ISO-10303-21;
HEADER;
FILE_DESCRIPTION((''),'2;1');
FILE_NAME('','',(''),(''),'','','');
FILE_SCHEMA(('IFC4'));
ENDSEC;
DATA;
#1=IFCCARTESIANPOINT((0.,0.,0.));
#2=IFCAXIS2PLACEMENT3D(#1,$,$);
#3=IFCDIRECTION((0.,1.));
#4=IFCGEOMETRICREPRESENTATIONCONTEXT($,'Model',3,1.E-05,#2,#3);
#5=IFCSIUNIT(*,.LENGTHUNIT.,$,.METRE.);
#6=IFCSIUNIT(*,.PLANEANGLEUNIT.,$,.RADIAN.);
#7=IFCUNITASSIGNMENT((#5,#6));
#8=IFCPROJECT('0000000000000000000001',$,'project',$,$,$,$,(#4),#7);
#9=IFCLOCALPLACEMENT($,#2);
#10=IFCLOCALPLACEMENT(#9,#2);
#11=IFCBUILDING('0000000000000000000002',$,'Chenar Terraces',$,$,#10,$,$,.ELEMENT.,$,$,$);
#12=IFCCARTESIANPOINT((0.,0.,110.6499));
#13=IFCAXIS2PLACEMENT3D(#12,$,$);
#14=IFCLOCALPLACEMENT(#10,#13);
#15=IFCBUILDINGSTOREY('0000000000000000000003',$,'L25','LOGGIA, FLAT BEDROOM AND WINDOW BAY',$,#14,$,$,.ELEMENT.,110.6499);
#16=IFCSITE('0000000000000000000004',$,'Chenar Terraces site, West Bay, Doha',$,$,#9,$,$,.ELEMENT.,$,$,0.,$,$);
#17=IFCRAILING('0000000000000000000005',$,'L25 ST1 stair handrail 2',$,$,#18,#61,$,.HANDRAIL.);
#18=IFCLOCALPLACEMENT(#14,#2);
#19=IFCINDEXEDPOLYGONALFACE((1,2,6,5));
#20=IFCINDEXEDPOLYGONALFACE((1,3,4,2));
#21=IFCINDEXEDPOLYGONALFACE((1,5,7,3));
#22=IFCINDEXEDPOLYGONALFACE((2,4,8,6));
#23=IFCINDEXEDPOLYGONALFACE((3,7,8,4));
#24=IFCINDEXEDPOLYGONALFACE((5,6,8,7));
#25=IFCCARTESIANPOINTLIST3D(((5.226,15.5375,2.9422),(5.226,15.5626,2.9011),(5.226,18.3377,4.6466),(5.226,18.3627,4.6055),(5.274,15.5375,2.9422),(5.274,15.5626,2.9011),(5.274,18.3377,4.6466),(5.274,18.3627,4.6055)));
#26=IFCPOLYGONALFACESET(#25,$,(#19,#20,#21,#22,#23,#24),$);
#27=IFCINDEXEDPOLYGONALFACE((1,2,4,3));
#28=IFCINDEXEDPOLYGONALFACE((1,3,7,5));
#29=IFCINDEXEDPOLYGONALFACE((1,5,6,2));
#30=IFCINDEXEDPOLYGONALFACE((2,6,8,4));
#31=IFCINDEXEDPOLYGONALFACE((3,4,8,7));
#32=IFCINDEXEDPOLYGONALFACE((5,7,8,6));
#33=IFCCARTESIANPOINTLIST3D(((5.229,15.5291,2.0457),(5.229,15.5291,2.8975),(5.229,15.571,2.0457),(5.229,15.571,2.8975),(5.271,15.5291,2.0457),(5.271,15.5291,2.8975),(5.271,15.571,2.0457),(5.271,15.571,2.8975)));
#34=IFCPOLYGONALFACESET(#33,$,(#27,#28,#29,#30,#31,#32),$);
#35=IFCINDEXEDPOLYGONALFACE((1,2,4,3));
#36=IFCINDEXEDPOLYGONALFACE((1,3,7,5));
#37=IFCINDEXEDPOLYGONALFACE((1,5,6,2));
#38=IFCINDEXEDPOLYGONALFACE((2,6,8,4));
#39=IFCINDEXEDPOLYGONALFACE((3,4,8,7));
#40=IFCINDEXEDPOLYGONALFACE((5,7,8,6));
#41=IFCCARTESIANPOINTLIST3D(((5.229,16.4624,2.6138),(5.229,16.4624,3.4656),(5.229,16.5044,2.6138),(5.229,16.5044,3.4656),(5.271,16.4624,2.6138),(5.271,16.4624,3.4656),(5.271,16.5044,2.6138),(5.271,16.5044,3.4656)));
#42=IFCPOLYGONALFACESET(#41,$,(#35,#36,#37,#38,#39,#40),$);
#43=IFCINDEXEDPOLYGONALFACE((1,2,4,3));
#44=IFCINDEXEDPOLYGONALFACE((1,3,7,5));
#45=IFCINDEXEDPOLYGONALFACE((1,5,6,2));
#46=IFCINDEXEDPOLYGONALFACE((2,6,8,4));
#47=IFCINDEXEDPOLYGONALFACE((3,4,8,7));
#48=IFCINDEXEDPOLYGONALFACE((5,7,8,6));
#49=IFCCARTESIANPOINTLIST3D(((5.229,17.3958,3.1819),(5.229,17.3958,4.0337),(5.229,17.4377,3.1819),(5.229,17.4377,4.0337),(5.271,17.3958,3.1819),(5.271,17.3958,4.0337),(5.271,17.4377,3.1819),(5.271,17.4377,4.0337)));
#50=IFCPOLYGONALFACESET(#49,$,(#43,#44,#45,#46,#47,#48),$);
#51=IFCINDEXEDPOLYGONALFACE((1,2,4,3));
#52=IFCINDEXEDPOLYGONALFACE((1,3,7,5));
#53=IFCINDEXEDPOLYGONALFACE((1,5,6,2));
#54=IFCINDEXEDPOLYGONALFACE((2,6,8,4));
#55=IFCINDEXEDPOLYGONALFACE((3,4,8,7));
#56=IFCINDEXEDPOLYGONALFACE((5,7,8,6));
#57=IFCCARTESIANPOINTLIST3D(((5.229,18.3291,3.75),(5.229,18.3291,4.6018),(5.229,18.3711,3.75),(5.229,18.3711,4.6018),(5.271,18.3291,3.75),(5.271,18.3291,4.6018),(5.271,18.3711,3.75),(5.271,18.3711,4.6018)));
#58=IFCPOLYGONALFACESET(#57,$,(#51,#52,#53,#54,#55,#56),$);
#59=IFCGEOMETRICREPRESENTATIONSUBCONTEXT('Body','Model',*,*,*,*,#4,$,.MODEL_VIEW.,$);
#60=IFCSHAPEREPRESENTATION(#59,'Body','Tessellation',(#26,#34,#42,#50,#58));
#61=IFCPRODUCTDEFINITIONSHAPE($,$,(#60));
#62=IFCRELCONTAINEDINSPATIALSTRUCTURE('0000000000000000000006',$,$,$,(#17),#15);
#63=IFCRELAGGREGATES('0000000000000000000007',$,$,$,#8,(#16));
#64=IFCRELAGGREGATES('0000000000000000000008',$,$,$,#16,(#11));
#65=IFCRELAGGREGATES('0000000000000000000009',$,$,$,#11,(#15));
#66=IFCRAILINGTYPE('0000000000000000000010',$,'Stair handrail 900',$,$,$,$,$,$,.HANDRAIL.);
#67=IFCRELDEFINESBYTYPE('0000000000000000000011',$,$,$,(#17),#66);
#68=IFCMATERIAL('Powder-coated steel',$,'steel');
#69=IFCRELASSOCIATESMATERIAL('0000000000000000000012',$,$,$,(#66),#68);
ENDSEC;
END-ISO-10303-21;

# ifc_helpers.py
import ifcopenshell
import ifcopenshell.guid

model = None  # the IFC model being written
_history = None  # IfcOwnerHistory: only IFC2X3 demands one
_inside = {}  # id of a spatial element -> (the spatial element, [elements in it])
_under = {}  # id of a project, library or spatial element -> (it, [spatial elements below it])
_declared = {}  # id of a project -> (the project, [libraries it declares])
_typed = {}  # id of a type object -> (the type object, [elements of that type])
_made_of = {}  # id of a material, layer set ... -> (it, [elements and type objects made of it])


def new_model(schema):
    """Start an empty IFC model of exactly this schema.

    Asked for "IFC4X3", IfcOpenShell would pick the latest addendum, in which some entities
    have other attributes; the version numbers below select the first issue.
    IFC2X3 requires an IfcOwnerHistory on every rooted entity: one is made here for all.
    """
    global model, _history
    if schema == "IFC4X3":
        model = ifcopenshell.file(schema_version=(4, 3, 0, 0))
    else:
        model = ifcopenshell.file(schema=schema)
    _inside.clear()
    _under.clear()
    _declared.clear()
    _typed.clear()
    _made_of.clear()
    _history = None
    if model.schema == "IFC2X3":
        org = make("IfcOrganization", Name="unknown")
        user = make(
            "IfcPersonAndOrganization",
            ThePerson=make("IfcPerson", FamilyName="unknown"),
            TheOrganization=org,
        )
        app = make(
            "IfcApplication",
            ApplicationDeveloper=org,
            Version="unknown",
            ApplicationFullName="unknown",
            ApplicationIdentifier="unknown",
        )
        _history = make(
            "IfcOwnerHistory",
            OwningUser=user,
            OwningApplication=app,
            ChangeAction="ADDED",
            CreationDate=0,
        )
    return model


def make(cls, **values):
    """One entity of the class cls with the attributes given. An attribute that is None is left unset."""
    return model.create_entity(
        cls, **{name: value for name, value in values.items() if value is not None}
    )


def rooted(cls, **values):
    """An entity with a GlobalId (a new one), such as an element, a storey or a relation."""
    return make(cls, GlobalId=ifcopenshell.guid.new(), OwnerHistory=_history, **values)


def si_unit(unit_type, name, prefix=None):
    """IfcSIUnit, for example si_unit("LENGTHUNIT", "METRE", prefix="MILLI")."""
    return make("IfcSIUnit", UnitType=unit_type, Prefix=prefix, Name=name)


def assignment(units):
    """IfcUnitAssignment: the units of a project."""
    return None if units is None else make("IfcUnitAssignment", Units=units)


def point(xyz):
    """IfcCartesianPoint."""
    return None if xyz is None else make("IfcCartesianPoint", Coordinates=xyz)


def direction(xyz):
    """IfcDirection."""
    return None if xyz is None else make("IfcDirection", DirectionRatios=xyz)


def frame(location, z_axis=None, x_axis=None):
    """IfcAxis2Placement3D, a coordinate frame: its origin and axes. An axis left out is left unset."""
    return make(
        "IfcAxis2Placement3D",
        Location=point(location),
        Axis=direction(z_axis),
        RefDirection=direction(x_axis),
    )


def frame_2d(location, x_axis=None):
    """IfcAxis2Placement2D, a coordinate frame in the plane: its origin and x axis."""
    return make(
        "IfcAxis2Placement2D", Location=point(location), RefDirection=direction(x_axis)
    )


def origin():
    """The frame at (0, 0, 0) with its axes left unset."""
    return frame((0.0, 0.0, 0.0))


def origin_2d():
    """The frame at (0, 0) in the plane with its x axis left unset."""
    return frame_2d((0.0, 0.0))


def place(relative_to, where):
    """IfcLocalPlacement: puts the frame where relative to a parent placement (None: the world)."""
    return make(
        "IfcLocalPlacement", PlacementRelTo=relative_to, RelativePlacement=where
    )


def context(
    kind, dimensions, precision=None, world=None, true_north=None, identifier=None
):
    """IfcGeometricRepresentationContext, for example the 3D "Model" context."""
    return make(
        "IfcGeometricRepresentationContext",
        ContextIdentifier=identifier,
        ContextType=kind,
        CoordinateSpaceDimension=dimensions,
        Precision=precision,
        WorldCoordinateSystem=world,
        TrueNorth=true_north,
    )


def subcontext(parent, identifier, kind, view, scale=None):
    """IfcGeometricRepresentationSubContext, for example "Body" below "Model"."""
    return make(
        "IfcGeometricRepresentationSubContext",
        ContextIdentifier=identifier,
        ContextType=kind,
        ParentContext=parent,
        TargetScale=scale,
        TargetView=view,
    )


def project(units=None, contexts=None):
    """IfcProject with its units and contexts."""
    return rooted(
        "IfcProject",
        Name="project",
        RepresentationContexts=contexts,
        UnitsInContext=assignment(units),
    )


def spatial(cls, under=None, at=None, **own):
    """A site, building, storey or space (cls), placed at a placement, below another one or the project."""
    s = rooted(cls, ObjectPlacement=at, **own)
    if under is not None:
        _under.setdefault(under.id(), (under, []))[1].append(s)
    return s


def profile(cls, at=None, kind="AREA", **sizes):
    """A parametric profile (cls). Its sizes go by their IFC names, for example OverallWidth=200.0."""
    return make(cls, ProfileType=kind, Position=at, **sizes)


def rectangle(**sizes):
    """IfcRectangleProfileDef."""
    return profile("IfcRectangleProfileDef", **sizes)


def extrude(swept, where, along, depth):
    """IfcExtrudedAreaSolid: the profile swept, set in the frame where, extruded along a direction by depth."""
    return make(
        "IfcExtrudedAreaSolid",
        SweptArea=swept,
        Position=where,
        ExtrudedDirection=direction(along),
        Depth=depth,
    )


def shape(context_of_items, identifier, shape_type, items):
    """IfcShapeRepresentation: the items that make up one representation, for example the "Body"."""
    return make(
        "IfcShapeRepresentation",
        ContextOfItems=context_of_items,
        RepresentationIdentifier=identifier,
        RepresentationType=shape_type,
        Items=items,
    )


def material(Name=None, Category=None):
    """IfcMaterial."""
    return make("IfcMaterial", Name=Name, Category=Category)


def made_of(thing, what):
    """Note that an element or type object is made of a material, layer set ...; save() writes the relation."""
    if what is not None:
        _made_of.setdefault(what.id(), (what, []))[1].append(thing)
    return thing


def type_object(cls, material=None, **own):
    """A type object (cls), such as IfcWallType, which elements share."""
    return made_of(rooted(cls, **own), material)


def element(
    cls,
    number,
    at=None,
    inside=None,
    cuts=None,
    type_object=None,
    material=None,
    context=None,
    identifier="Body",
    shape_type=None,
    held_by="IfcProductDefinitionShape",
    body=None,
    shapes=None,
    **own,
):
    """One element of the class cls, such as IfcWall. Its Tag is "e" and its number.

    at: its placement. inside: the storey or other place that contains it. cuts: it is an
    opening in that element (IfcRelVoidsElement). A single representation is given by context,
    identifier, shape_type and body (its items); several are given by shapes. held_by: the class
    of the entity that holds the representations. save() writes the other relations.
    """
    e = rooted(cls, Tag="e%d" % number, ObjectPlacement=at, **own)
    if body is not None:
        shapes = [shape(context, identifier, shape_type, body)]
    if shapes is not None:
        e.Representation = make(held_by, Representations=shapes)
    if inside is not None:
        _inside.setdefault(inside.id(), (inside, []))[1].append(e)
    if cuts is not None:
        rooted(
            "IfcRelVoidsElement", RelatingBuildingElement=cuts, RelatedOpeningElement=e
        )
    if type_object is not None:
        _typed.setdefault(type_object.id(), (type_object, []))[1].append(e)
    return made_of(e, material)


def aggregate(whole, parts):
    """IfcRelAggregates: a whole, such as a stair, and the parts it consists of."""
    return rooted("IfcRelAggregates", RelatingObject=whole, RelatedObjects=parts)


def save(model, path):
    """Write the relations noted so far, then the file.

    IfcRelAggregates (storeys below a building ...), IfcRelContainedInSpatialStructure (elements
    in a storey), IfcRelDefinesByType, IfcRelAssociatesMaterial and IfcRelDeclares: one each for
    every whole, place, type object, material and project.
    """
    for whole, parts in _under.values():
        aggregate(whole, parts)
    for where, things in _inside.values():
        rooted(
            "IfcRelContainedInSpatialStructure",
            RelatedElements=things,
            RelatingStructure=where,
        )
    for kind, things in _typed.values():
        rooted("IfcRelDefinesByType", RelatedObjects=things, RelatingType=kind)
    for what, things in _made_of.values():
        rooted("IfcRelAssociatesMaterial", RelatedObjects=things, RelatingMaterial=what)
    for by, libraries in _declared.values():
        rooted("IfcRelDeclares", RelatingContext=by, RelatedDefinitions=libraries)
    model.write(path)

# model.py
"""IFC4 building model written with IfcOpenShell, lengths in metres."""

from ifc_helpers import new_model, si_unit, direction, frame, origin, origin_2d, place, context, subcontext, project, spatial, rectangle, extrude, material, type_object, element, save


model = new_model("IFC4")

# Units and contexts
model_context = context("Model", 3, precision=1e-05, world=origin(), true_north=direction((0.0, 1.0)))
body_context = subcontext(model_context, "Body", "Model", "MODEL_VIEW")
ifc_project = project(units=[si_unit("LENGTHUNIT", "METRE"), si_unit("PLANEANGLEUNIT", "RADIAN")], contexts=[model_context])

# Site, building, storey
site_placement = place(None, origin())
site = spatial("IfcSite", under=ifc_project, at=site_placement, Name="Chenar Terraces site, West Bay, Doha", CompositionType="ELEMENT", RefElevation=0.0)
building_placement = place(site_placement, origin())
building = spatial("IfcBuilding", under=site, at=building_placement, Name="Chenar Terraces", CompositionType="ELEMENT")
storey_placement = place(building_placement, frame((0.0, 0.0, 110.6499)))
storey = spatial("IfcBuildingStorey", under=building, at=storey_placement, Name="L25", Description="LOGGIA, FLAT BEDROOM AND WINDOW BAY", CompositionType="ELEMENT", Elevation=110.6499)

# Railing
ifc_material_1 = material(Name="Powder-coated steel", Category="steel")
railing_type_1 = type_object("IfcRailingType", Name="Stair handrail 900", PredefinedType="HANDRAIL", material=ifc_material_1)
railing_1_placement = place(storey_placement, frame((5.25, 15.55, 2.0457)))
element("IfcRailing", 1, at=railing_1_placement, inside=storey, type_object=railing_type_1, Name="L25 ST1 stair handrail 2", PredefinedType="HANDRAIL", context=body_context, shape_type="SweptSolid", body=[
    extrude(rectangle(XDim=0.0481, YDim=0.0481, at=origin_2d()), frame((0.0, 0.0, 0.876), z_axis=(0.0, 0.854203, 0.51994), x_axis=(-1.0, 0.0, 0.0)), (0.0, 0.0, 1.0), 3.2781),
    extrude(rectangle(XDim=0.042, YDim=0.042, at=origin_2d()), origin(), (0.0, 0.0, 1.0), 0.8518),
    extrude(rectangle(XDim=0.042, YDim=0.042, at=origin_2d()), frame((0.0, 0.9333, 0.5681)), (0.0, 0.0, 1.0), 0.8518),
    extrude(rectangle(XDim=0.042, YDim=0.042, at=origin_2d()), frame((0.0, 1.8667, 1.1362)), (0.0, 0.0, 1.0), 0.8518),
    extrude(rectangle(XDim=0.042, YDim=0.042, at=origin_2d()), frame((0.0, 2.8, 1.7043)), (0.0, 0.0, 1.0), 0.8518),
])

save(model, "model.ifc")
